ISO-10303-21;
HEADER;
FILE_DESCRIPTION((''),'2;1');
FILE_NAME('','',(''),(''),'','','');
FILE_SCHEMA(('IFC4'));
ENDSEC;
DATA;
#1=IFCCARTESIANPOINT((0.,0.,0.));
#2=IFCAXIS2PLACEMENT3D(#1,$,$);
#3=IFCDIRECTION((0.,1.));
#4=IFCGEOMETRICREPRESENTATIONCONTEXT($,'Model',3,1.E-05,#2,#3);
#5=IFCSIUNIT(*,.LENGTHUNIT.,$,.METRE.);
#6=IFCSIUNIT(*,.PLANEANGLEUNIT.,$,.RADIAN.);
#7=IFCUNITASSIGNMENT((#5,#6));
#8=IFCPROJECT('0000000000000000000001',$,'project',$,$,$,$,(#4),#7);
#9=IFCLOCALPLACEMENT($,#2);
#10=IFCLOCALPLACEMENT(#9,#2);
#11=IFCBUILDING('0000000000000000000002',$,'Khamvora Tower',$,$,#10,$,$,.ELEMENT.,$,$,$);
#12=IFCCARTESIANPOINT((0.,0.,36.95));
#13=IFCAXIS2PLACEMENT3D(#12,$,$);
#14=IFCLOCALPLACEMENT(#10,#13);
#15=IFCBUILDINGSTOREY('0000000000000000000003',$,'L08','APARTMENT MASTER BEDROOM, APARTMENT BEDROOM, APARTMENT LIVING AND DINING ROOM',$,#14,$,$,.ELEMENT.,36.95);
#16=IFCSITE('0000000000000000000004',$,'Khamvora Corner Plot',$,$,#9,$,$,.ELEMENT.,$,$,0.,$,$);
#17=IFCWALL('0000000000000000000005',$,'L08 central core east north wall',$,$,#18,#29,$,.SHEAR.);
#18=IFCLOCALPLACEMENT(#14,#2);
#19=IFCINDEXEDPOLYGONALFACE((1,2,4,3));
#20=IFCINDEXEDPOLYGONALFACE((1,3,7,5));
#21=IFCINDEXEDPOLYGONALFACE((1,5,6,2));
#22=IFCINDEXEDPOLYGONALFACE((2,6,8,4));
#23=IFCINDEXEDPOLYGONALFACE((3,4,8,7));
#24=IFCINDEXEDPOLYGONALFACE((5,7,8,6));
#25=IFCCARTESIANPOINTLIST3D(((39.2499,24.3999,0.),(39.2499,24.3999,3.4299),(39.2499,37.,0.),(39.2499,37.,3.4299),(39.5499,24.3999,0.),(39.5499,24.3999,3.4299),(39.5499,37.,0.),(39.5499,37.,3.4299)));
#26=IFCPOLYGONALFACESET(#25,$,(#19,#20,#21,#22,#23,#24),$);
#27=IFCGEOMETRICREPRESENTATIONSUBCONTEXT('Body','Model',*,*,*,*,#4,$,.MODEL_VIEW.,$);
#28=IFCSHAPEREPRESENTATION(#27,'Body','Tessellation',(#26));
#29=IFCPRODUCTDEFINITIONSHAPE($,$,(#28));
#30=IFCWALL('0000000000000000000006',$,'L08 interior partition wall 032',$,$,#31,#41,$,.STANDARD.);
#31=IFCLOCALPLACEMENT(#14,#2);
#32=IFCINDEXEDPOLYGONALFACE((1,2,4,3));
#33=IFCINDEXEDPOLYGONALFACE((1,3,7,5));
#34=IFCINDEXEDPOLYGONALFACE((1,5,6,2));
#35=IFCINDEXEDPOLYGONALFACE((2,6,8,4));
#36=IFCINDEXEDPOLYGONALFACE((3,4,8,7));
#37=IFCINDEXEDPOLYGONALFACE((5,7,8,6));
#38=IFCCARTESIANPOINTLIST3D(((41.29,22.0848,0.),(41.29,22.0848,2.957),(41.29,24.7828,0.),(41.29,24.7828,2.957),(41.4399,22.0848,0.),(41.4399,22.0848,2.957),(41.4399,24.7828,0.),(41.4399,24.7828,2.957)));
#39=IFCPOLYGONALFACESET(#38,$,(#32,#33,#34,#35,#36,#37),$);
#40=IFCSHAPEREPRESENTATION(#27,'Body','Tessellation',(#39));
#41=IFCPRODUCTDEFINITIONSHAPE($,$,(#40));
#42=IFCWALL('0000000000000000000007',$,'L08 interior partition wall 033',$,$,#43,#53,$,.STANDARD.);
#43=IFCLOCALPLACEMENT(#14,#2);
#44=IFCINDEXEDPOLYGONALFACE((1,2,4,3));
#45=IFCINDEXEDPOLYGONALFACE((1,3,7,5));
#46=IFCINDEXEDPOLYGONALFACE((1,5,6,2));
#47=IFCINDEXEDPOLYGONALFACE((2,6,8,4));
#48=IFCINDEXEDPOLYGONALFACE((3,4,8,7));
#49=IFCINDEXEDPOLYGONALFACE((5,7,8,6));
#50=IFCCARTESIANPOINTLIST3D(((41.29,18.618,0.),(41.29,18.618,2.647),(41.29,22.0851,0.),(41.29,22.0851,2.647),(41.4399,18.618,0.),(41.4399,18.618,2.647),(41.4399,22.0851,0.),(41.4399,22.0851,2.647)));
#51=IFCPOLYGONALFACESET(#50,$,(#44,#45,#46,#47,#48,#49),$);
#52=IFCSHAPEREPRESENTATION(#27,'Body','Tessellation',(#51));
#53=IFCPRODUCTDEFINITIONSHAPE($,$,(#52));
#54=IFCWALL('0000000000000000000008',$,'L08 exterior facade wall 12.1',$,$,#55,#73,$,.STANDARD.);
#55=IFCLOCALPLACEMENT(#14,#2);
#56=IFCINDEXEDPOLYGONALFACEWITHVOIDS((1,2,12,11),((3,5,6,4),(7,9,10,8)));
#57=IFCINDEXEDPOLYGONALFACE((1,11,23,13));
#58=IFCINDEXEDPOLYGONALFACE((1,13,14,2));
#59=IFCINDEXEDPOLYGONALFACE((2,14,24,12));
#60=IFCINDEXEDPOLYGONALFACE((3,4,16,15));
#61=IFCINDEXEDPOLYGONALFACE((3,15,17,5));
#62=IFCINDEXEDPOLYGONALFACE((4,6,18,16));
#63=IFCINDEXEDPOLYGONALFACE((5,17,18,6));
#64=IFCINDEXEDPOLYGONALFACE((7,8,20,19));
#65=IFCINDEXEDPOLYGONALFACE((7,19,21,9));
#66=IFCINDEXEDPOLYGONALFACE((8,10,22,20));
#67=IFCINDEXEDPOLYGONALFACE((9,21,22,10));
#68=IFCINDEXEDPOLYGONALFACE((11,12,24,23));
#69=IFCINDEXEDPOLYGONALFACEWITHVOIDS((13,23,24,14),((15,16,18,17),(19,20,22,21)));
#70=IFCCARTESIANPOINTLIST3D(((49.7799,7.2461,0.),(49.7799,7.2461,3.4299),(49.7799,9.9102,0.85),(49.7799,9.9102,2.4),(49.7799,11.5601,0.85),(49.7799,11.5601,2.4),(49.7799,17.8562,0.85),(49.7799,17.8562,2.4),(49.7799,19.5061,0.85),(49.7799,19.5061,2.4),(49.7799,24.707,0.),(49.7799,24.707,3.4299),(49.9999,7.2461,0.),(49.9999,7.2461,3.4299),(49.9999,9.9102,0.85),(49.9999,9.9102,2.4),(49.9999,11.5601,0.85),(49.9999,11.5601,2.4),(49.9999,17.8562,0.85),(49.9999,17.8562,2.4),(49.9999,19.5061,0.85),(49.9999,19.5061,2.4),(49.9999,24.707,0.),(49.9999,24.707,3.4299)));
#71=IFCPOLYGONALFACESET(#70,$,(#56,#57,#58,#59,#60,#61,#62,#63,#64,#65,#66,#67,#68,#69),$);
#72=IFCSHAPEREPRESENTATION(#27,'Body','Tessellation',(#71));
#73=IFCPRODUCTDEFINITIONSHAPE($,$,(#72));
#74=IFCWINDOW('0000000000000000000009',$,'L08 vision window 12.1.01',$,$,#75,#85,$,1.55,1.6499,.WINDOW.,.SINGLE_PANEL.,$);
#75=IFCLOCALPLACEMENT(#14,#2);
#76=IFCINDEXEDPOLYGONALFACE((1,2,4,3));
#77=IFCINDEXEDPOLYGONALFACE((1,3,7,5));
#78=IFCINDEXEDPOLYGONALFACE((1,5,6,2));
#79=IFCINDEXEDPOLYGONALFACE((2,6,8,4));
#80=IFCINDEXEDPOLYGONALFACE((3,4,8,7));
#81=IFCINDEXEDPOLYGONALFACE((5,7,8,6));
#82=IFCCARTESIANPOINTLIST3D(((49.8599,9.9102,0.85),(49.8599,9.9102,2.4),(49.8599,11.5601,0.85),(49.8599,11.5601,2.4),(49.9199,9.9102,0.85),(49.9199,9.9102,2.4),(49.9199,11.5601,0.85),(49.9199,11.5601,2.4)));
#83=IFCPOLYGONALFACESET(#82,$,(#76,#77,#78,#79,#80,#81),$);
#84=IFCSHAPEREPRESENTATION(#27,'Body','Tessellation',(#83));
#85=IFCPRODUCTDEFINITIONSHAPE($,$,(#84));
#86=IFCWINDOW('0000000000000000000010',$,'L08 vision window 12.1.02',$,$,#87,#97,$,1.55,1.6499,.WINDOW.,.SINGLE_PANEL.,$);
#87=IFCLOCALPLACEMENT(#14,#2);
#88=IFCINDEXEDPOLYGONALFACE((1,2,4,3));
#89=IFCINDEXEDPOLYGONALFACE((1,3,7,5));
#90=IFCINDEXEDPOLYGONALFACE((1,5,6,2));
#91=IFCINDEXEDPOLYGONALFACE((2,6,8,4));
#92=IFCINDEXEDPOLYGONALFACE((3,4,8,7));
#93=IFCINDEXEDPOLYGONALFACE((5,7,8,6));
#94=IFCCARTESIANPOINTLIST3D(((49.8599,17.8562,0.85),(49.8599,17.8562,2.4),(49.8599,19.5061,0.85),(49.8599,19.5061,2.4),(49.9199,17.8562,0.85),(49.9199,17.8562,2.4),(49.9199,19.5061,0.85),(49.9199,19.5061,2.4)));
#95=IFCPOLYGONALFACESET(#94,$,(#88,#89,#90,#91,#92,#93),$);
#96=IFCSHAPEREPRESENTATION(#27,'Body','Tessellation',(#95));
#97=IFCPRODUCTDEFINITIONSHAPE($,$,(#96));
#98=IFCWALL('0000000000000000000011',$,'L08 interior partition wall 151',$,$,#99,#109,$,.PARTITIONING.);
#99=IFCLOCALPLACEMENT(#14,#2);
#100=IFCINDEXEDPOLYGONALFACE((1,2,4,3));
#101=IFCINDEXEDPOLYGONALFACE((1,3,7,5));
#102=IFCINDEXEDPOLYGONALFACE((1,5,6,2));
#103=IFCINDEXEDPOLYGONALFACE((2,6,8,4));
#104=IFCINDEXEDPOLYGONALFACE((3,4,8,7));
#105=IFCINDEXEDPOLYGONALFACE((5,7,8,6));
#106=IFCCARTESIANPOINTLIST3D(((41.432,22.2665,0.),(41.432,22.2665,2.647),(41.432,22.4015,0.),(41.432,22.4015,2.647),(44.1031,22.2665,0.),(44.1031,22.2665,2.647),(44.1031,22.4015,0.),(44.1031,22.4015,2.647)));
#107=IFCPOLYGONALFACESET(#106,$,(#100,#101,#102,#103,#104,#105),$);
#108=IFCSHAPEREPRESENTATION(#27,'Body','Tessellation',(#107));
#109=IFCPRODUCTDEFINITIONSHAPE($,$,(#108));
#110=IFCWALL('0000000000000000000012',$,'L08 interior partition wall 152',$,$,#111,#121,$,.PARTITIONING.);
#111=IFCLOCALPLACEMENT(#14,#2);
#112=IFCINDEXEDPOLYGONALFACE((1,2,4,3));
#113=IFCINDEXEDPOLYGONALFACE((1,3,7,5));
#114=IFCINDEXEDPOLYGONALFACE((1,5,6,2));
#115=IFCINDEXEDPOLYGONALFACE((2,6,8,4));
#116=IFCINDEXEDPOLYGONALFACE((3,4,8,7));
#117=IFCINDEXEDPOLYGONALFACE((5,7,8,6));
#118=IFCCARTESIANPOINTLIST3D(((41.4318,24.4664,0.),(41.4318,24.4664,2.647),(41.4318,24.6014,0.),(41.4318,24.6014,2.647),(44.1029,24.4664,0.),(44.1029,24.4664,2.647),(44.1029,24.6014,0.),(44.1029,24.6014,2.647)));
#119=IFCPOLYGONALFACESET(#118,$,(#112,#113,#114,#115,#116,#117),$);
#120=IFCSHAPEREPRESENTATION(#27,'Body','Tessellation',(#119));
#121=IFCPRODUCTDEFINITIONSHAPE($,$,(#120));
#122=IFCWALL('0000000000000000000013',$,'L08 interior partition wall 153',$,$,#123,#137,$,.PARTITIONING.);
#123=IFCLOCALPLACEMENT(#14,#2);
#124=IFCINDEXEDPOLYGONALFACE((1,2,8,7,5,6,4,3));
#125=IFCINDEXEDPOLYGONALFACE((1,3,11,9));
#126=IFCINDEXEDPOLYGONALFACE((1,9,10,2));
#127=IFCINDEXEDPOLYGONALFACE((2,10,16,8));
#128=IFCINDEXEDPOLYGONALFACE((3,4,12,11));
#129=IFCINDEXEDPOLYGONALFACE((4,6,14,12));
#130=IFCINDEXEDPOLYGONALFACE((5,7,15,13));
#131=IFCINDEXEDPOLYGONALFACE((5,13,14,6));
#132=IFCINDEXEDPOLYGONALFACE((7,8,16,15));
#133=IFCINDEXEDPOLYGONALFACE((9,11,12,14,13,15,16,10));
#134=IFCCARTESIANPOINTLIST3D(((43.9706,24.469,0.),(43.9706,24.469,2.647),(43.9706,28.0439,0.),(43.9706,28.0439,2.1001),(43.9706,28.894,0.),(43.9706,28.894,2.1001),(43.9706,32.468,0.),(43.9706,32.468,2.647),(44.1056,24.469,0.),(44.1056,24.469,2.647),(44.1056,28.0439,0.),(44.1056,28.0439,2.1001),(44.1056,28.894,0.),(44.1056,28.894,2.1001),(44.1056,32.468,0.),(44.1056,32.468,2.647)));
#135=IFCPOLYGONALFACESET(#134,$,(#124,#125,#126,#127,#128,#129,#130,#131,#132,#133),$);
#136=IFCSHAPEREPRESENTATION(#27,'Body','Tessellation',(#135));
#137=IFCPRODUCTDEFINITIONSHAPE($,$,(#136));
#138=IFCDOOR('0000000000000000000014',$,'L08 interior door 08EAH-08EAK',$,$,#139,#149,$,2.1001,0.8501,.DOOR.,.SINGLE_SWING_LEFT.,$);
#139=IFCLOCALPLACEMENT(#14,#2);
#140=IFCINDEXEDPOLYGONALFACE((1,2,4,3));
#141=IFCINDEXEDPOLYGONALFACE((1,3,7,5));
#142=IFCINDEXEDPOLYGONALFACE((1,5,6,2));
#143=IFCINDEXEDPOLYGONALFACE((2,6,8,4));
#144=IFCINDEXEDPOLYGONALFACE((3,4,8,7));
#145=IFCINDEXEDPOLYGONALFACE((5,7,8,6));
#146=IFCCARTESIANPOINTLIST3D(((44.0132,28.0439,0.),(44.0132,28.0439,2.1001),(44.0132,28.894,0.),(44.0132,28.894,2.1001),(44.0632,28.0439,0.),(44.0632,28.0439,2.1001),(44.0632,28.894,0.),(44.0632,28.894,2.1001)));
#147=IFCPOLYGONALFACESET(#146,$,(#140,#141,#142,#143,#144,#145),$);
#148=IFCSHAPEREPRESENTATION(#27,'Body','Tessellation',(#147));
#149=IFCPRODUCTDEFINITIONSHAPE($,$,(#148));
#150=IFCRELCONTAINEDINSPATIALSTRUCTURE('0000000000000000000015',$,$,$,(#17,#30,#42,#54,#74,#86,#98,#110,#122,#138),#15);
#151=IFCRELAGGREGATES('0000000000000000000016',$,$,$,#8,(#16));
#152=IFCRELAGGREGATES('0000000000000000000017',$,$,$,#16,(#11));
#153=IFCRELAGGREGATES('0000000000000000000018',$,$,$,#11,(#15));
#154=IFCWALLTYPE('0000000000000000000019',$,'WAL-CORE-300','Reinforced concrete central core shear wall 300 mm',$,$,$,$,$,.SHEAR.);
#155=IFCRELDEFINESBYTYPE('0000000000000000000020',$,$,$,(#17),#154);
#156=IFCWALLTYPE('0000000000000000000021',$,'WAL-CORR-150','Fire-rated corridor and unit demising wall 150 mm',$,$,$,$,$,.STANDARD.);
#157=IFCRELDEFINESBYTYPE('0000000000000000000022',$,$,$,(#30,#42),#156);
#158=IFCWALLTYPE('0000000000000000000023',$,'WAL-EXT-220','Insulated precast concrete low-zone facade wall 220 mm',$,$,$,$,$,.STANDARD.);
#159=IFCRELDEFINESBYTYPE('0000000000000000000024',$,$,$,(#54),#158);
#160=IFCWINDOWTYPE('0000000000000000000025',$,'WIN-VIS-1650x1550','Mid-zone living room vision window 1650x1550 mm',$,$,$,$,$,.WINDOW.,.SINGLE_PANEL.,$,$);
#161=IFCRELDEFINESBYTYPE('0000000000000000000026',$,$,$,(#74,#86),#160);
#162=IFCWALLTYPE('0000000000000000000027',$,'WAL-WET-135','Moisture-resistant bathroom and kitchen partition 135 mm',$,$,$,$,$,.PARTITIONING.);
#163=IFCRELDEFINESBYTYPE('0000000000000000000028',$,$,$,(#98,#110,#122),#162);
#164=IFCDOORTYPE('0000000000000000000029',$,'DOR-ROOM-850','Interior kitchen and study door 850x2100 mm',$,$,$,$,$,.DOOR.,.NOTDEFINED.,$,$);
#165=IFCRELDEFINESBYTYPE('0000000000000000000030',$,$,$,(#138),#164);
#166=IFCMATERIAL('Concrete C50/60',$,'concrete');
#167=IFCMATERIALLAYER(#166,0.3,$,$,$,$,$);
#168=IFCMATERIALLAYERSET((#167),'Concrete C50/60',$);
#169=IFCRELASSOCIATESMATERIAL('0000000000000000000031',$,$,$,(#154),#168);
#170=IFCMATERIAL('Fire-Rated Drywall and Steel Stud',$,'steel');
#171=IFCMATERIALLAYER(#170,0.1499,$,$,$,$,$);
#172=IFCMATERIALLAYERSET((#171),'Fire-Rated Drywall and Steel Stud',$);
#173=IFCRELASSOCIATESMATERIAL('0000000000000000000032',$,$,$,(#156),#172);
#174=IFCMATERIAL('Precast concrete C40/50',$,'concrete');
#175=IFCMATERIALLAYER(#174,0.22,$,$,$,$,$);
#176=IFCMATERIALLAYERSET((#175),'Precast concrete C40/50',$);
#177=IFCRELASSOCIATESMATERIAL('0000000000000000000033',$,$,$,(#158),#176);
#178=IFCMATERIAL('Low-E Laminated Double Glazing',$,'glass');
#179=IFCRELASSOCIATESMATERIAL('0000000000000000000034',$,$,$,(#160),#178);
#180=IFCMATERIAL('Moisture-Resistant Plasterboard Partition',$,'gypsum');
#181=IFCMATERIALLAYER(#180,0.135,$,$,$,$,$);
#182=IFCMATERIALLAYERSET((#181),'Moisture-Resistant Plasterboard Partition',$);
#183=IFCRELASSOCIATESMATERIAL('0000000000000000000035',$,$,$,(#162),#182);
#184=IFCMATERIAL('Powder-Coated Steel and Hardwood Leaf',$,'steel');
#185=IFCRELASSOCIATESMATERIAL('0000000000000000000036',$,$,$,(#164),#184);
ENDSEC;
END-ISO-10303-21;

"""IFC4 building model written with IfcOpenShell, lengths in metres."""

from ifc_helpers import new_model, si_unit, direction, frame, frame_2d, origin, place, context, subcontext, project, spatial, rectangle, extrude, material, layer, layer_set, type_object, element, fill, save


model = new_model("IFC4")

# Units and contexts
model_context = context("Model", 3, precision=1e-05, world=origin(), true_north=direction((0.0, 1.0)))
body_context = subcontext(model_context, "Body", "Model", "MODEL_VIEW")
ifc_project = project(units=[si_unit("LENGTHUNIT", "METRE"), si_unit("PLANEANGLEUNIT", "RADIAN")], contexts=[model_context])

# Site, building, storey
site_placement = place(None, origin())
site = spatial("IfcSite", under=ifc_project, at=site_placement, Name="Khamvora Corner Plot", CompositionType="ELEMENT", RefElevation=0.0)
building_placement = place(site_placement, origin())
building = spatial("IfcBuilding", under=site, at=building_placement, Name="Khamvora Tower", CompositionType="ELEMENT")
storey_placement = place(building_placement, frame((0.0, 0.0, 36.95)))
storey = spatial("IfcBuildingStorey", under=building, at=storey_placement, Name="L08", Description="APARTMENT MASTER BEDROOM, APARTMENT BEDROOM, APARTMENT LIVING AND DINING ROOM", CompositionType="ELEMENT", Elevation=36.95)

# Walls
ifc_material_1 = material(Name="Concrete C50/60", Category="concrete")
ifc_layer_1 = layer(ifc_material_1, 0.3)
ifc_layer_set_1 = layer_set([ifc_layer_1], Name="Concrete C50/60")
wall_type_1 = type_object("IfcWallType", Name="WAL-CORE-300", Description="Reinforced concrete central core shear wall 300 mm", PredefinedType="SHEAR", material=ifc_layer_set_1)
wall_1_placement = place(storey_placement, frame((39.3999, 24.3999, 0.0), z_axis=(0.0, 0.0, 1.0), x_axis=(0.0, 1.0, 0.0)))
element("IfcWall", 1, at=wall_1_placement, inside=storey, type_object=wall_type_1, Name="L08 central core east north wall", PredefinedType="SHEAR", context=body_context, shape_type="SweptSolid", body=[
    extrude(rectangle(XDim=12.6001, YDim=0.3, at=frame_2d((6.3, 0.0))), origin(), (0.0, 0.0, 1.0), 3.4299),
])
ifc_material_2 = material(Name="Fire-Rated Drywall and Steel Stud", Category="steel")
ifc_layer_2 = layer(ifc_material_2, 0.1499)
ifc_layer_set_2 = layer_set([ifc_layer_2], Name="Fire-Rated Drywall and Steel Stud")
wall_type_2 = type_object("IfcWallType", Name="WAL-CORR-150", Description="Fire-rated corridor and unit demising wall 150 mm", PredefinedType="STANDARD", material=ifc_layer_set_2)
wall_2_placement = place(storey_placement, frame((41.365, 24.783, 0.0), z_axis=(0.0, 0.0, 1.0), x_axis=(0.0, -1.0, 0.0)))
element("IfcWall", 2, at=wall_2_placement, inside=storey, type_object=wall_type_2, Name="L08 interior partition wall 032", PredefinedType="STANDARD", context=body_context, shape_type="SweptSolid", body=[
    extrude(rectangle(XDim=2.698, YDim=0.1499, at=frame_2d((1.3491, 0.0))), origin(), (0.0, 0.0, 1.0), 2.957),
])
wall_3_placement = place(storey_placement, frame((41.365, 22.085, 0.0), z_axis=(0.0, 0.0, 1.0), x_axis=(0.0, -1.0, 0.0)))
element("IfcWall", 3, at=wall_3_placement, inside=storey, type_object=wall_type_2, Name="L08 interior partition wall 033", PredefinedType="STANDARD", context=body_context, shape_type="SweptSolid", body=[
    extrude(rectangle(XDim=3.467, YDim=0.1499, at=frame_2d((1.7334, 0.0))), origin(), (0.0, 0.0, 1.0), 2.647),
])

# Wall, openings, windows
ifc_material_3 = material(Name="Precast concrete C40/50", Category="concrete")
ifc_layer_3 = layer(ifc_material_3, 0.22)
ifc_layer_set_3 = layer_set([ifc_layer_3], Name="Precast concrete C40/50")
wall_type_3 = type_object("IfcWallType", Name="WAL-EXT-220", Description="Insulated precast concrete low-zone facade wall 220 mm", PredefinedType="STANDARD", material=ifc_layer_set_3)
wall_4_placement = place(storey_placement, frame((49.8899, 24.707, 0.0), z_axis=(0.0, 0.0, 1.0), x_axis=(0.0, -1.0, 0.0)))
wall_4 = element("IfcWall", 4, at=wall_4_placement, inside=storey, type_object=wall_type_3, Name="L08 exterior facade wall 12.1", PredefinedType="STANDARD", context=body_context, shape_type="SweptSolid", body=[
    extrude(rectangle(XDim=17.4609, YDim=0.22, at=frame_2d((8.7305, 0.0))), origin(), (0.0, 0.0, 1.0), 3.4299),
])
opening_1_placement = place(wall_4_placement, frame((13.147, 0.0, 0.8501)))
opening_1 = element("IfcOpeningElement", 5, at=opening_1_placement, cuts=wall_4, PredefinedType="OPENING", context=body_context, shape_type="SweptSolid", body=[
    extrude(rectangle(XDim=1.6499, YDim=1.55, at=frame_2d((0.825, 0.7749))), frame((0.0, 0.1199, 0.0), z_axis=(0.0, -1.0, 0.0), x_axis=(1.0, 0.0, 0.0)), (0.0, 0.0, 1.0), 0.24),
])
opening_2_placement = place(wall_4_placement, frame((5.2009, 0.0, 0.8501)))
opening_2 = element("IfcOpeningElement", 6, at=opening_2_placement, cuts=wall_4, PredefinedType="OPENING", context=body_context, shape_type="SweptSolid", body=[
    extrude(rectangle(XDim=1.6499, YDim=1.55, at=frame_2d((0.825, 0.7749))), frame((0.0, 0.1199, 0.0), z_axis=(0.0, -1.0, 0.0), x_axis=(1.0, 0.0, 0.0)), (0.0, 0.0, 1.0), 0.24),
])
ifc_material_4 = material(Name="Low-E Laminated Double Glazing", Category="glass")
window_type = type_object("IfcWindowType", Name="WIN-VIS-1650x1550", Description="Mid-zone living room vision window 1650x1550 mm", PartitioningType="SINGLE_PANEL", PredefinedType="WINDOW", material=ifc_material_4)
window_1_placement = place(opening_1_placement, origin())
window_1 = element("IfcWindow", 7, at=window_1_placement, inside=storey, type_object=window_type, Name="L08 vision window 12.1.01", OverallHeight=1.55, OverallWidth=1.6499, PartitioningType="SINGLE_PANEL", PredefinedType="WINDOW", context=body_context, shape_type="SweptSolid", body=[
    extrude(rectangle(XDim=1.6499, YDim=1.55, at=frame_2d((0.825, 0.7749))), frame((0.0, 0.03, 0.0), z_axis=(0.0, -1.0, 0.0), x_axis=(1.0, 0.0, 0.0)), (0.0, 0.0, 1.0), 0.0601),
])
fill(opening_1, window_1)
window_2_placement = place(opening_2_placement, origin())
window_2 = element("IfcWindow", 8, at=window_2_placement, inside=storey, type_object=window_type, Name="L08 vision window 12.1.02", OverallHeight=1.55, OverallWidth=1.6499, PartitioningType="SINGLE_PANEL", PredefinedType="WINDOW", context=body_context, shape_type="SweptSolid", body=[
    extrude(rectangle(XDim=1.6499, YDim=1.55, at=frame_2d((0.825, 0.7749))), frame((0.0, 0.03, 0.0), z_axis=(0.0, -1.0, 0.0), x_axis=(1.0, 0.0, 0.0)), (0.0, 0.0, 1.0), 0.0601),
])
fill(opening_2, window_2)

# Walls
ifc_material_5 = material(Name="Moisture-Resistant Plasterboard Partition", Category="gypsum")
ifc_layer_4 = layer(ifc_material_5, 0.135)
ifc_layer_set_4 = layer_set([ifc_layer_4], Name="Moisture-Resistant Plasterboard Partition")
wall_type_4 = type_object("IfcWallType", Name="WAL-WET-135", Description="Moisture-resistant bathroom and kitchen partition 135 mm", PredefinedType="PARTITIONING", material=ifc_layer_set_4)
for number, where, z_axis, x_axis, name in (
    (9, (44.103, 22.334, 0.0), (0.0, 0.0, 1.0), (-1.0, 0.0, 0.0), "L08 interior partition wall 151"),
    (10, (41.4319, 24.5339, 0.0), (0.0, 0.0, 1.0), (1.0, 0.0, 0.0), "L08 interior partition wall 152"),
):
    element("IfcWall", number, at=place(storey_placement, frame(where, z_axis=z_axis, x_axis=x_axis)), inside=storey, type_object=wall_type_4, Name=name, PredefinedType="PARTITIONING", context=body_context, shape_type="SweptSolid", body=[
        extrude(rectangle(XDim=2.6711, YDim=0.135, at=frame_2d((1.3354, 0.0))), origin(), (0.0, 0.0, 1.0), 2.647),
    ])

# Wall, opening, door
wall_5_placement = place(storey_placement, frame((44.0381, 24.469, 0.0), z_axis=(0.0, 0.0, 1.0), x_axis=(0.0, 1.0, 0.0)))
wall_5 = element("IfcWall", 11, at=wall_5_placement, inside=storey, type_object=wall_type_4, Name="L08 interior partition wall 153", PredefinedType="PARTITIONING", context=body_context, shape_type="SweptSolid", body=[
    extrude(rectangle(XDim=7.999, YDim=0.135, at=frame_2d((3.9995, 0.0))), origin(), (0.0, 0.0, 1.0), 2.647),
])
opening_3_placement = place(wall_5_placement, frame((3.575, 0.0, 0.0)))
opening_3 = element("IfcOpeningElement", 12, at=opening_3_placement, cuts=wall_5, PredefinedType="OPENING", context=body_context, shape_type="SweptSolid", body=[
    extrude(rectangle(XDim=0.8501, YDim=2.1001, at=frame_2d((0.425, 1.05))), frame((0.0, 0.0774, 0.0), z_axis=(0.0, -1.0, 0.0), x_axis=(1.0, 0.0, 0.0)), (0.0, 0.0, 1.0), 0.155),
])
ifc_material_6 = material(Name="Powder-Coated Steel and Hardwood Leaf", Category="steel")
door_type = type_object("IfcDoorType", Name="DOR-ROOM-850", Description="Interior kitchen and study door 850x2100 mm", OperationType="NOTDEFINED", PredefinedType="DOOR", material=ifc_material_6)
door_placement = place(opening_3_placement, origin())
door = element("IfcDoor", 13, at=door_placement, inside=storey, type_object=door_type, Name="L08 interior door 08EAH-08EAK", OperationType="SINGLE_SWING_LEFT", OverallHeight=2.1001, OverallWidth=0.8501, PredefinedType="DOOR", context=body_context, shape_type="SweptSolid", body=[
    extrude(rectangle(XDim=0.8501, YDim=2.1001, at=frame_2d((0.425, 1.05))), frame((0.0, 0.0249, 0.0), z_axis=(0.0, -1.0, 0.0), x_axis=(1.0, 0.0, 0.0)), (0.0, 0.0, 1.0), 0.05),
])
fill(opening_3, door)

save(model, "model.ifc")
